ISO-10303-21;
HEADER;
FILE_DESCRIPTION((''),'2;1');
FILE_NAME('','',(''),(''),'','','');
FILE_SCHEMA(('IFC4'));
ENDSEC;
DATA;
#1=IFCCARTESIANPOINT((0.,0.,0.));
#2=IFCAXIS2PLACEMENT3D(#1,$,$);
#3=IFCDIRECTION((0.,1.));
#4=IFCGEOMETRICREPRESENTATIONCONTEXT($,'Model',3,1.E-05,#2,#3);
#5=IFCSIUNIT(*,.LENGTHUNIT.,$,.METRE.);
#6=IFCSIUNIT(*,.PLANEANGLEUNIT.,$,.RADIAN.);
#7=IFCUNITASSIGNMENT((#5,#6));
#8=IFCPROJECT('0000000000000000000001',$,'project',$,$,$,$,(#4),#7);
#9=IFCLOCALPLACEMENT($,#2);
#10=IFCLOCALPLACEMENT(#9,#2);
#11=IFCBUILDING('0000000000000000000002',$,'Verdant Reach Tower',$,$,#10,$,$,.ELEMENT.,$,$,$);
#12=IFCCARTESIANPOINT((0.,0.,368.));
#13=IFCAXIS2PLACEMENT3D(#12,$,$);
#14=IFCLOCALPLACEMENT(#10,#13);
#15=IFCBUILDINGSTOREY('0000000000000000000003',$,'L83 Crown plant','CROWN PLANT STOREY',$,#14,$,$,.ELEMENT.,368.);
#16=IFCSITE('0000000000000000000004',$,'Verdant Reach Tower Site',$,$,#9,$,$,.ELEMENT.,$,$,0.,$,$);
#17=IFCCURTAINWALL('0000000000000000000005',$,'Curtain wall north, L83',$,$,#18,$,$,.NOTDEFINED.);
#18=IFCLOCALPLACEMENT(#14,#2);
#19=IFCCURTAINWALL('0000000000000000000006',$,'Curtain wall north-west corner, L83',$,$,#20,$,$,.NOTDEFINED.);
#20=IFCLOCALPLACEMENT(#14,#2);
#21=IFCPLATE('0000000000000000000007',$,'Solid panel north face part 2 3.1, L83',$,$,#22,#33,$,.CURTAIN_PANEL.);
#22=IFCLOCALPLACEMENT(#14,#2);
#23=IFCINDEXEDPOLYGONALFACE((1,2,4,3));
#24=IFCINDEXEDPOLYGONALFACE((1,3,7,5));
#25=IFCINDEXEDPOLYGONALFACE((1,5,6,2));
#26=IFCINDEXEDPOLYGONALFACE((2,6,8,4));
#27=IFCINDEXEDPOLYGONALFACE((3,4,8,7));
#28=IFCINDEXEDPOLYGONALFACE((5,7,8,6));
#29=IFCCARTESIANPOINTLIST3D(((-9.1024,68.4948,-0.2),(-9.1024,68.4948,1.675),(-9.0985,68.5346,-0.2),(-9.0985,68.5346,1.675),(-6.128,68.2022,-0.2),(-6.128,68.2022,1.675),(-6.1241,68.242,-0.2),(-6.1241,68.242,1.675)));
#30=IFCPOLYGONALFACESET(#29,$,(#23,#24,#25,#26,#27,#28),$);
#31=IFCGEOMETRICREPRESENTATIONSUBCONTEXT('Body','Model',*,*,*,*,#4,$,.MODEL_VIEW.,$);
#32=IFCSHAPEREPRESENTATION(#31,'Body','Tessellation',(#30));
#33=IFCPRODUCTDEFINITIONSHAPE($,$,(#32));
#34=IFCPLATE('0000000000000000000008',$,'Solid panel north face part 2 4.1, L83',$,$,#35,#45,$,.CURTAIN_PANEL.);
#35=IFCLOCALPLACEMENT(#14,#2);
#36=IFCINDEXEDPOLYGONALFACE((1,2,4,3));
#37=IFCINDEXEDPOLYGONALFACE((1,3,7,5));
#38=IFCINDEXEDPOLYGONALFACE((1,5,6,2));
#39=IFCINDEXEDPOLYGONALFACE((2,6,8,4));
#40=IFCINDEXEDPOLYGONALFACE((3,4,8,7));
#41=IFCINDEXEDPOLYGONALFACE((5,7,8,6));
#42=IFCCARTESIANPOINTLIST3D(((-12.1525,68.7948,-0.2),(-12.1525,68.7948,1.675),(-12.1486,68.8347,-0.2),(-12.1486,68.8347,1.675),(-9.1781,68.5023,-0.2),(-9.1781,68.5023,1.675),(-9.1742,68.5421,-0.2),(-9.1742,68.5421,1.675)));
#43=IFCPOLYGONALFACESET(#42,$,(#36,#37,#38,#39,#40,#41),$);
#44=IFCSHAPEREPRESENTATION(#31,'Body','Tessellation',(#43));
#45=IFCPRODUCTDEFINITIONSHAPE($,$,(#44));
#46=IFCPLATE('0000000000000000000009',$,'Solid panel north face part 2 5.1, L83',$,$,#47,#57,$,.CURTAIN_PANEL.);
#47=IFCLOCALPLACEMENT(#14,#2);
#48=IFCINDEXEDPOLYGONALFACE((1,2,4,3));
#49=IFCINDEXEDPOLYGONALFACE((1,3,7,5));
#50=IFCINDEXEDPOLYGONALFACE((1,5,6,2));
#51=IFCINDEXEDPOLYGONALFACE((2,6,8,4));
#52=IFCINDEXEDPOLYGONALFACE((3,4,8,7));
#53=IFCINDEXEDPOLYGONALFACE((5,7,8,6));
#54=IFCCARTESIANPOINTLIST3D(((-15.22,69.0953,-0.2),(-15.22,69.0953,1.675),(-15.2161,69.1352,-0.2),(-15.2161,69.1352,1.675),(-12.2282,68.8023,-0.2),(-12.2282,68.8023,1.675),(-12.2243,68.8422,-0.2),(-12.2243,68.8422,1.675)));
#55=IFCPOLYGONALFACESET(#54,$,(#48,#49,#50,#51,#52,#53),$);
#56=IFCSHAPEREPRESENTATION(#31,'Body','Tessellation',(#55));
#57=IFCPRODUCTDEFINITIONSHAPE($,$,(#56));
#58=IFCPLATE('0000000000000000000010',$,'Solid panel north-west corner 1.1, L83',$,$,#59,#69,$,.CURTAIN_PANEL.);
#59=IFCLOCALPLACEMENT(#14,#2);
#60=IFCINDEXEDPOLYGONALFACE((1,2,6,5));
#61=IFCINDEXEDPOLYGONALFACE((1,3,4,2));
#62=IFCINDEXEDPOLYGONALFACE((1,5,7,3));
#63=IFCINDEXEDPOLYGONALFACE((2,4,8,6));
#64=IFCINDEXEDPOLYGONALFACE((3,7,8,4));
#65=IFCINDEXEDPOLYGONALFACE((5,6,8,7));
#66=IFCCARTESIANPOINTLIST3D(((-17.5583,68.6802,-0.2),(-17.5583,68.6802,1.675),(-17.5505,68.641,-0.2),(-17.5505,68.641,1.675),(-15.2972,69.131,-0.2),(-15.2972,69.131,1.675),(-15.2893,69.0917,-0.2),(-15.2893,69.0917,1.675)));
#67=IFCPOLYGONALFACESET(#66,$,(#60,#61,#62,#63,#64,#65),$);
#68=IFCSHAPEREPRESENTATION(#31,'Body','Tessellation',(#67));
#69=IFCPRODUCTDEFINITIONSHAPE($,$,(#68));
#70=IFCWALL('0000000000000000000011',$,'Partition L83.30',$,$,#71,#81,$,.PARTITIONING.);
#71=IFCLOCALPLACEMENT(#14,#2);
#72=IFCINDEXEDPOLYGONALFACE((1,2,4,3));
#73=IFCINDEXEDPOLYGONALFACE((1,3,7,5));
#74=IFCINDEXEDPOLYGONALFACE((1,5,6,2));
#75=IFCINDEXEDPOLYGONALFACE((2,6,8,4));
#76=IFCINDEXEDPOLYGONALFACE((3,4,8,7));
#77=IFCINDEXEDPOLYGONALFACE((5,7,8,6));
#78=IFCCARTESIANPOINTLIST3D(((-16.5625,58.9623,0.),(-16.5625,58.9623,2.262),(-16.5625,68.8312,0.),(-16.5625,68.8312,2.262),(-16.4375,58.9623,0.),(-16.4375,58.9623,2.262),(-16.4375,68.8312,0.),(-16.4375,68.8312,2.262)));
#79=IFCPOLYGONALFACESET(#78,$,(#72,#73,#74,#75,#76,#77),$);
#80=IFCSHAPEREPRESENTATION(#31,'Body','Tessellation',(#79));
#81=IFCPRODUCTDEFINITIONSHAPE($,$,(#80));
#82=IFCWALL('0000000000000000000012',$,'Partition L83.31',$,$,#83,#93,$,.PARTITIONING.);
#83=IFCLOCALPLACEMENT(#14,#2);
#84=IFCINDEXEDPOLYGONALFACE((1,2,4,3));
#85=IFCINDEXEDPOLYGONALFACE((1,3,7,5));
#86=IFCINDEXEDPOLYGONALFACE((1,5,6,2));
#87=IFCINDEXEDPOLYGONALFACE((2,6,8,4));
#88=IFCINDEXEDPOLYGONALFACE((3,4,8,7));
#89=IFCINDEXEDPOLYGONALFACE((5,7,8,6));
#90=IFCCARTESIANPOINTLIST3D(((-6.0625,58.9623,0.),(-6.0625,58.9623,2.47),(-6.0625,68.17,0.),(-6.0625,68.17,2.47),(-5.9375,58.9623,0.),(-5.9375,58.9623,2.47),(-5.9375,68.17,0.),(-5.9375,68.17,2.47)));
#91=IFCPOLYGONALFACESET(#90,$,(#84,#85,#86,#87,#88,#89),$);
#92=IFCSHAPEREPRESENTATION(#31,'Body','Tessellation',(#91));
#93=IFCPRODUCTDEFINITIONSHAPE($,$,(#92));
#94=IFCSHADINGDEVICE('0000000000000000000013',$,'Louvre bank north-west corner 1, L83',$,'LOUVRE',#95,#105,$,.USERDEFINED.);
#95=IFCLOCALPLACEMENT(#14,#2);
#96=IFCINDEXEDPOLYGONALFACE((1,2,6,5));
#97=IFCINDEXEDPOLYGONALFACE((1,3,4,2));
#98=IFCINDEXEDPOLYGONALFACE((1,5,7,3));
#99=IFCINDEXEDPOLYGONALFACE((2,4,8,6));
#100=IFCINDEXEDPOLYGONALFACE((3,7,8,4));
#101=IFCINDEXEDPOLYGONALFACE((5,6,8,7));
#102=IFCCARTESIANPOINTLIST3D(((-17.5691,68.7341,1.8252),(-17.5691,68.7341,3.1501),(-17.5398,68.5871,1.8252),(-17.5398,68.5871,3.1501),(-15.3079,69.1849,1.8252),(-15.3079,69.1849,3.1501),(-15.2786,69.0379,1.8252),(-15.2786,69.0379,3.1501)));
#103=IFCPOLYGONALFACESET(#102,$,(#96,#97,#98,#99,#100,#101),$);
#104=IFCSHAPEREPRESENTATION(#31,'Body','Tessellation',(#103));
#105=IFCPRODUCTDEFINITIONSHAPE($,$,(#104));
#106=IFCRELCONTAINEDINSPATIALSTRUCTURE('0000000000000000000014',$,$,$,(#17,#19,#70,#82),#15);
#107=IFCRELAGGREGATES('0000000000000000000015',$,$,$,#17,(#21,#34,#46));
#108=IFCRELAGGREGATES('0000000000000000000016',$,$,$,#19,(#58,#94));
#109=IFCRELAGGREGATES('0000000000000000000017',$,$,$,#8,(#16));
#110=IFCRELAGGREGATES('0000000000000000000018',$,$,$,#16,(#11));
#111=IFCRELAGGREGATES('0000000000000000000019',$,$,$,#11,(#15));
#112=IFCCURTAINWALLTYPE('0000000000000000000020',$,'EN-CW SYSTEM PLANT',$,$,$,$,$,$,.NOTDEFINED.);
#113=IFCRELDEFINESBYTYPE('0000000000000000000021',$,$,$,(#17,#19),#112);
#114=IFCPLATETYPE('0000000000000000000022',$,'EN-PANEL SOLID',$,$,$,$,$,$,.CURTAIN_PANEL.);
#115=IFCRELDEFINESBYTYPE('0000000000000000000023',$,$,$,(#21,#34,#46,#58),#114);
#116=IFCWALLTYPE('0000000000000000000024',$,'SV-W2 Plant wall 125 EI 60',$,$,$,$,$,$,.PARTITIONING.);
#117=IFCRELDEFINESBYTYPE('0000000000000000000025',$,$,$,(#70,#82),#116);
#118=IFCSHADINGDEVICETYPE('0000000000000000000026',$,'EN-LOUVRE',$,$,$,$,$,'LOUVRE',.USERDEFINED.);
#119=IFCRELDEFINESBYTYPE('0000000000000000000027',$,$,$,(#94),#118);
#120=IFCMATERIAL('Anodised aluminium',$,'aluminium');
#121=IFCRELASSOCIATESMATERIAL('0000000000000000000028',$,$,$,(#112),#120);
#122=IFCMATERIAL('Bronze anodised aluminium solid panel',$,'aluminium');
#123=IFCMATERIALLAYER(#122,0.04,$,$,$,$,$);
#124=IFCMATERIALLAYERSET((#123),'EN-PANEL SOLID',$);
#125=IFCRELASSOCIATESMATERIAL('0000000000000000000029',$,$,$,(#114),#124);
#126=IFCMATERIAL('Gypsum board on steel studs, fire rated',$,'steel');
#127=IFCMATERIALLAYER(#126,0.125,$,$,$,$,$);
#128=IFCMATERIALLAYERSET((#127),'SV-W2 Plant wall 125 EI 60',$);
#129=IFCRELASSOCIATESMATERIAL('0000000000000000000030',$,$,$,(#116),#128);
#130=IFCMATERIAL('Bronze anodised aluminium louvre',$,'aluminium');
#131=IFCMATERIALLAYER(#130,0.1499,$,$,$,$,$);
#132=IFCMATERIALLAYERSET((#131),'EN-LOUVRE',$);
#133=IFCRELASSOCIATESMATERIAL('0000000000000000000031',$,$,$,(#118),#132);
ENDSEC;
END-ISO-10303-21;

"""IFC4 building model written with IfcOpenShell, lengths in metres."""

from ifc_helpers import new_model, si_unit, direction, frame, frame_2d, origin, origin_2d, place, context, subcontext, project, spatial, rectangle, extrude, material, layer, layer_set, type_object, element, aggregate, save


model = new_model("IFC4")

# Units and contexts
model_context = context("Model", 3, precision=1e-05, world=origin(), true_north=direction((0.0, 1.0)))
body_context = subcontext(model_context, "Body", "Model", "MODEL_VIEW")
ifc_project = project(units=[si_unit("LENGTHUNIT", "METRE"), si_unit("PLANEANGLEUNIT", "RADIAN")], contexts=[model_context])

# Site, building, storey
site_placement = place(None, origin())
site = spatial("IfcSite", under=ifc_project, at=site_placement, Name="Verdant Reach Tower Site", CompositionType="ELEMENT", RefElevation=0.0)
building_placement = place(site_placement, origin())
building = spatial("IfcBuilding", under=site, at=building_placement, Name="Verdant Reach Tower", CompositionType="ELEMENT")
storey_placement = place(building_placement, frame((0.0, 0.0, 368.0)))
storey = spatial("IfcBuildingStorey", under=building, at=storey_placement, Name="L83 Crown plant", Description="CROWN PLANT STOREY", CompositionType="ELEMENT", Elevation=368.0)

# Curtain walls
ifc_material_1 = material(Name="Anodised aluminium", Category="aluminium")
curtain_wall_type = type_object("IfcCurtainWallType", Name="EN-CW SYSTEM PLANT", PredefinedType="NOTDEFINED", material=ifc_material_1)
curtain_wall_1_placement = place(storey_placement, origin())
curtain_wall_1 = element("IfcCurtainWall", 1, at=curtain_wall_1_placement, inside=storey, type_object=curtain_wall_type, Name="Curtain wall north, L83", PredefinedType="NOTDEFINED")
curtain_wall_2_placement = place(storey_placement, origin())
curtain_wall_2 = element("IfcCurtainWall", 2, at=curtain_wall_2_placement, inside=storey, type_object=curtain_wall_type, Name="Curtain wall north-west corner, L83", PredefinedType="NOTDEFINED")

# Plates
ifc_material_2 = material(Name="Bronze anodised aluminium solid panel", Category="aluminium")
ifc_layer_1 = layer(ifc_material_2, 0.04)
ifc_layer_set_1 = layer_set([ifc_layer_1], Name="EN-PANEL SOLID")
plate_type = type_object("IfcPlateType", Name="EN-PANEL SOLID", PredefinedType="CURTAIN_PANEL", material=ifc_layer_set_1)
plate_1_placement = place(storey_placement, frame((-7.6133, 68.3684, -0.2), z_axis=(0.0, 0.0, 1.0), x_axis=(-0.995197, 0.097888, 0.0)))
plate_1 = element("IfcPlate", 3, at=plate_1_placement, type_object=plate_type, Name="Solid panel north face part 2 3.1, L83", PredefinedType="CURTAIN_PANEL", context=body_context, shape_type="SweptSolid", body=[
    extrude(rectangle(XDim=2.9888, YDim=0.04, at=origin_2d()), origin(), (0.0, 0.0, 1.0), 1.875),
])
plate_2_placement = place(storey_placement, frame((-10.6633, 68.6685, -0.2), z_axis=(0.0, 0.0, 1.0), x_axis=(-0.995197, 0.097888, 0.0)))
plate_2 = element("IfcPlate", 4, at=plate_2_placement, type_object=plate_type, Name="Solid panel north face part 2 4.1, L83", PredefinedType="CURTAIN_PANEL", context=body_context, shape_type="SweptSolid", body=[
    extrude(rectangle(XDim=2.9888, YDim=0.04, at=origin_2d()), origin(), (0.0, 0.0, 1.0), 1.875),
])
plate_3_placement = place(storey_placement, frame((-13.7222, 68.9688, -0.2), z_axis=(0.0, 0.0, 1.0), x_axis=(-0.995238, 0.097473, 0.0)))
plate_3 = element("IfcPlate", 5, at=plate_3_placement, type_object=plate_type, Name="Solid panel north face part 2 5.1, L83", PredefinedType="CURTAIN_PANEL", context=body_context, shape_type="SweptSolid", body=[
    extrude(rectangle(XDim=3.0061, YDim=0.04, at=origin_2d()), origin(), (0.0, 0.0, 1.0), 1.875),
])
aggregate(curtain_wall_1, [plate_1, plate_2, plate_3])
plate_4_placement = place(storey_placement, frame((-16.4238, 68.886, -0.2), z_axis=(0.0, 0.0, 1.0), x_axis=(-0.980705, -0.195493, 0.0)))
plate_4 = element("IfcPlate", 6, at=plate_4_placement, type_object=plate_type, Name="Solid panel north-west corner 1.1, L83", PredefinedType="CURTAIN_PANEL", context=body_context, shape_type="SweptSolid", body=[
    extrude(rectangle(XDim=2.3057, YDim=0.04, at=origin_2d()), origin(), (0.0, 0.0, 1.0), 1.875),
])

# Walls
ifc_material_3 = material(Name="Gypsum board on steel studs, fire rated", Category="steel")
ifc_layer_2 = layer(ifc_material_3, 0.125)
ifc_layer_set_2 = layer_set([ifc_layer_2], Name="SV-W2 Plant wall 125 EI 60")
wall_type = type_object("IfcWallType", Name="SV-W2 Plant wall 125 EI 60", PredefinedType="PARTITIONING", material=ifc_layer_set_2)
wall_1_placement = place(storey_placement, frame((-16.5, 68.8313, 0.0), z_axis=(0.0, 0.0, 1.0), x_axis=(0.0, -1.0, 0.0)))
element("IfcWall", 7, at=wall_1_placement, inside=storey, type_object=wall_type, Name="Partition L83.30", PredefinedType="PARTITIONING", context=body_context, shape_type="SweptSolid", body=[
    extrude(rectangle(XDim=9.8689, YDim=0.125, at=frame_2d((4.9346, 0.0))), origin(), (0.0, 0.0, 1.0), 2.262),
])
wall_2_placement = place(storey_placement, frame((-6.0, 68.1702, 0.0), z_axis=(0.0, 0.0, 1.0), x_axis=(0.0, -1.0, 0.0)))
element("IfcWall", 8, at=wall_2_placement, inside=storey, type_object=wall_type, Name="Partition L83.31", PredefinedType="PARTITIONING", context=body_context, shape_type="SweptSolid", body=[
    extrude(rectangle(XDim=9.2078, YDim=0.125, at=frame_2d((4.604, 0.0))), origin(), (0.0, 0.0, 1.0), 2.47),
])

# Shading device
ifc_material_4 = material(Name="Bronze anodised aluminium louvre", Category="aluminium")
ifc_layer_3 = layer(ifc_material_4, 0.1499)
ifc_layer_set_3 = layer_set([ifc_layer_3], Name="EN-LOUVRE")
shading_device_type = type_object("IfcShadingDeviceType", Name="EN-LOUVRE", ElementType="LOUVRE", PredefinedType="USERDEFINED", material=ifc_layer_set_3)
shading_device_placement = place(storey_placement, frame((-16.4238, 68.886, 1.8252), z_axis=(0.0, 0.0, 1.0), x_axis=(-0.980705, -0.195493, 0.0)))
shading_device = element("IfcShadingDevice", 9, at=shading_device_placement, type_object=shading_device_type, Name="Louvre bank north-west corner 1, L83", ObjectType="LOUVRE", PredefinedType="USERDEFINED", context=body_context, shape_type="SweptSolid", body=[
    extrude(rectangle(XDim=2.3057, YDim=0.1499, at=origin_2d()), origin(), (0.0, 0.0, 1.0), 1.325),
])
aggregate(curtain_wall_2, [plate_4, shading_device])

save(model, "model.ifc")
